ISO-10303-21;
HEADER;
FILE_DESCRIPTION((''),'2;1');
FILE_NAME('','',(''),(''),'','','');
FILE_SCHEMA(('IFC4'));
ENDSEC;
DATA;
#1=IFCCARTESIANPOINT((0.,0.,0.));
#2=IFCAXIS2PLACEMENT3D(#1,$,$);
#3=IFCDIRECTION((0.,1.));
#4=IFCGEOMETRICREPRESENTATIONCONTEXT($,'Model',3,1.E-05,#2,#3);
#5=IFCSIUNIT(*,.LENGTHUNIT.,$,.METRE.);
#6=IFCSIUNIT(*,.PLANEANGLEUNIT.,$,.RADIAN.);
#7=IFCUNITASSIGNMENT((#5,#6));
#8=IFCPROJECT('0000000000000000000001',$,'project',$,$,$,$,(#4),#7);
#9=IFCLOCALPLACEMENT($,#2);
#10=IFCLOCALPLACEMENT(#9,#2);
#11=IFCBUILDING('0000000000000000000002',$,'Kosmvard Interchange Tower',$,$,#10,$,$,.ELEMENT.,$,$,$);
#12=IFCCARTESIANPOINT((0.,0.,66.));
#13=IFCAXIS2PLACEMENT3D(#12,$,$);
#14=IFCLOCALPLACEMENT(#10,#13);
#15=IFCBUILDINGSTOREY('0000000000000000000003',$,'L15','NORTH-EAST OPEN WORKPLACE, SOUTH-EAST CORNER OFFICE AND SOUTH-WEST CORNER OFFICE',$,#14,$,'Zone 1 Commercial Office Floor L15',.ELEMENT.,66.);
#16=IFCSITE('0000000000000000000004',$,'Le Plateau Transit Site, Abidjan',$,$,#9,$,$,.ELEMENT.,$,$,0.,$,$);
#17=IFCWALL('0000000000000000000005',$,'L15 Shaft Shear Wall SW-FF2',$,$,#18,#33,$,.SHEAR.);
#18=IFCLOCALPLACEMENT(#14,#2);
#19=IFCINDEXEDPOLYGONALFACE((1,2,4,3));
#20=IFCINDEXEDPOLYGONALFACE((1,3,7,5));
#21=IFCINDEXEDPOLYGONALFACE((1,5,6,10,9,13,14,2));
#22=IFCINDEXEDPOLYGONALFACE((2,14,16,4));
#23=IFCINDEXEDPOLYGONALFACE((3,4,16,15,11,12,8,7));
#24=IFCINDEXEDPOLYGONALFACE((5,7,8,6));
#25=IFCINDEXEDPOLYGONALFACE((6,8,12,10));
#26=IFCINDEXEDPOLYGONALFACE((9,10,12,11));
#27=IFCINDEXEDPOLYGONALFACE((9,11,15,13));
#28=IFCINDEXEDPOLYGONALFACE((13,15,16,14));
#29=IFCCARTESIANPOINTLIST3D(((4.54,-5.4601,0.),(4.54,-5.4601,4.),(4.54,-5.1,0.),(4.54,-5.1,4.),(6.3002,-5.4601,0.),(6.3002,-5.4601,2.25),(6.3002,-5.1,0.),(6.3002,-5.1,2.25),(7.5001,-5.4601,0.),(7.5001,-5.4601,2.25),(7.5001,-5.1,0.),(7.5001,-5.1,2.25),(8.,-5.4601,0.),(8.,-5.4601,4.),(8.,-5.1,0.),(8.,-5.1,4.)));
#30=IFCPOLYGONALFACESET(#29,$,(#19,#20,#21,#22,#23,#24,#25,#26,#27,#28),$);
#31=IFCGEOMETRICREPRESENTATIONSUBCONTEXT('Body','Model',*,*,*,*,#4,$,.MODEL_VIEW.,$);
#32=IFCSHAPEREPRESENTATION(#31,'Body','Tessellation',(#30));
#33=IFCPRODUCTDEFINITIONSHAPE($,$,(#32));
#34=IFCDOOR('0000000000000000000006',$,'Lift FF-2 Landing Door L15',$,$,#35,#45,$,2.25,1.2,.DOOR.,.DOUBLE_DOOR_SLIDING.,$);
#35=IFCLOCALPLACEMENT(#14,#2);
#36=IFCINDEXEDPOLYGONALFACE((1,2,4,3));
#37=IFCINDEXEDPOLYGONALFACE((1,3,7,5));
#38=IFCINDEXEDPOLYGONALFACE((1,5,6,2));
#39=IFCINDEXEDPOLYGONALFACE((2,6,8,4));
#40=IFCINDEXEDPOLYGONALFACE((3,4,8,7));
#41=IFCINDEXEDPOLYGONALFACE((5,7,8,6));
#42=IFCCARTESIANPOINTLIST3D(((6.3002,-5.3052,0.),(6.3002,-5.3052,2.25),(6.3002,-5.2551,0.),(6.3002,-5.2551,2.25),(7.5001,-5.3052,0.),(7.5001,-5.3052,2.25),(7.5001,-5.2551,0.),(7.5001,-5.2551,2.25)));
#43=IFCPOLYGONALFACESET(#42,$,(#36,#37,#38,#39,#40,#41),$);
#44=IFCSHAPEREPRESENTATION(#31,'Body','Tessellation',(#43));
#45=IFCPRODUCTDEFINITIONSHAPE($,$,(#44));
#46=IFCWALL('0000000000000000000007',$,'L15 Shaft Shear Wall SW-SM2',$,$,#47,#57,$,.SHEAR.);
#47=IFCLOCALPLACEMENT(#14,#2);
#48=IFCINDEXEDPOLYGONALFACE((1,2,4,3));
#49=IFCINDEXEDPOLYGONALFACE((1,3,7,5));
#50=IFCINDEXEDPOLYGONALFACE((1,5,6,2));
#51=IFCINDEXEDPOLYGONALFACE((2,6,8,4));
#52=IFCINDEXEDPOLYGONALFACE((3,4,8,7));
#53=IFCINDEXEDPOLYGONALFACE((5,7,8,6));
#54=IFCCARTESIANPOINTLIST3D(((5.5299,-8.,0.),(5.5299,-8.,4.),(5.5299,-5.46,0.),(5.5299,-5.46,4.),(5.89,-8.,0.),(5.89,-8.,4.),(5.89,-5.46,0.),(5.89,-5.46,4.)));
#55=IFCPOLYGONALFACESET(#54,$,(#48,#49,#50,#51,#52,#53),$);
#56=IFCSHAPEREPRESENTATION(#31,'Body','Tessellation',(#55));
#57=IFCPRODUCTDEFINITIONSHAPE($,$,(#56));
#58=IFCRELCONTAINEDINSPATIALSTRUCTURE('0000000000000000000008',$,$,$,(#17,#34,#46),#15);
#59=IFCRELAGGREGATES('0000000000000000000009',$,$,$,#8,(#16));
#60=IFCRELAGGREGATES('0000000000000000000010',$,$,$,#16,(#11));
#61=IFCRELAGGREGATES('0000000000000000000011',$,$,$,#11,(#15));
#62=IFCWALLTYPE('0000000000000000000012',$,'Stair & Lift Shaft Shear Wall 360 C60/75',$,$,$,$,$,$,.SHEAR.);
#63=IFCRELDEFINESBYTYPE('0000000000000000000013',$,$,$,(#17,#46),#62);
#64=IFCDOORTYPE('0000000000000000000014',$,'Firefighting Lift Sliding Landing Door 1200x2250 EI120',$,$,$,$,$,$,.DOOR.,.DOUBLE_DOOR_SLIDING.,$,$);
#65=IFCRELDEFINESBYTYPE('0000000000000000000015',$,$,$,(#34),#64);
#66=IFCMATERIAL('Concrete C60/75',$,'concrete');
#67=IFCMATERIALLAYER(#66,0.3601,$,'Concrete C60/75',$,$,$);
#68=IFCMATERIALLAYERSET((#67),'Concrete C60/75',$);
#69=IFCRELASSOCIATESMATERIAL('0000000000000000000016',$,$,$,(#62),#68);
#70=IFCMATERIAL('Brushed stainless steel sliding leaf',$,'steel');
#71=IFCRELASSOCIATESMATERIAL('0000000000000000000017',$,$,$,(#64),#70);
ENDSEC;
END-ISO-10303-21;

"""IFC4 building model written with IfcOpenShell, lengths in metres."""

from ifc_helpers import new_model, si_unit, direction, frame, frame_2d, origin, place, context, subcontext, project, spatial, rectangle, extrude, source, transform, mapped, material, layer, layer_set, type_object, element, fill, save


model = new_model("IFC4")

# Units and contexts
model_context = context("Model", 3, precision=1e-05, world=origin(), true_north=direction((0.0, 1.0)))
body_context = subcontext(model_context, "Body", "Model", "MODEL_VIEW")
ifc_project = project(units=[si_unit("LENGTHUNIT", "METRE"), si_unit("PLANEANGLEUNIT", "RADIAN")], contexts=[model_context])

# Site, building, storey
site_placement = place(None, origin())
site = spatial("IfcSite", under=ifc_project, at=site_placement, Name="Le Plateau Transit Site, Abidjan", CompositionType="ELEMENT", RefElevation=0.0)
building_placement = place(site_placement, origin())
building = spatial("IfcBuilding", under=site, at=building_placement, Name="Kosmvard Interchange Tower", CompositionType="ELEMENT")
storey_placement = place(building_placement, frame((0.0, 0.0, 66.0)))
storey = spatial("IfcBuildingStorey", under=building, at=storey_placement, Name="L15", Description="NORTH-EAST OPEN WORKPLACE, SOUTH-EAST CORNER OFFICE AND SOUTH-WEST CORNER OFFICE", LongName="Zone 1 Commercial Office Floor L15", CompositionType="ELEMENT", Elevation=66.0)

# Shared definitions
ifc_material_1 = material(Name="Concrete C60/75", Category="concrete")

# Shared definitions
ifc_material_2 = material(Name="Brushed stainless steel sliding leaf", Category="steel")

# Shared definitions
ifc_layer_1 = layer(ifc_material_1, 0.3601, Name="Concrete C60/75")
ifc_layer_set_1 = layer_set([ifc_layer_1], Name="Concrete C60/75")
wall_type_1 = type_object("IfcWallType", Name="Stair & Lift Shaft Shear Wall 360 C60/75", PredefinedType="SHEAR", material=ifc_layer_set_1)

# Wall, opening, door
wall_1_placement = place(storey_placement, frame((4.54, -5.28, 0.0), z_axis=(0.0, 0.0, 1.0), x_axis=(1.0, 0.0, 0.0)))
wall_1 = element("IfcWall", 1, at=wall_1_placement, inside=storey, type_object=wall_type_1, Name="L15 Shaft Shear Wall SW-FF2", PredefinedType="SHEAR", context=body_context, shape_type="SweptSolid", body=[
    extrude(rectangle(XDim=3.46, YDim=0.3601, at=frame_2d((1.73, 0.0))), origin(), (0.0, 0.0, 1.0), 4.0),
])
opening_1_placement = place(wall_1_placement, frame((1.76, 0.0, 0.0)))
opening_1 = element("IfcOpeningElement", 2, at=opening_1_placement, cuts=wall_1, PredefinedType="OPENING", context=body_context, shape_type="SweptSolid", body=[
    extrude(rectangle(XDim=1.2, YDim=2.25, at=frame_2d((0.6001, 1.125))), frame((0.0, 0.1899, 0.0), z_axis=(0.0, -1.0, 0.0), x_axis=(1.0, 0.0, 0.0)), (0.0, 0.0, 1.0), 0.3801),
])
door_type_1 = type_object("IfcDoorType", Name="Firefighting Lift Sliding Landing Door 1200x2250 EI120", OperationType="DOUBLE_DOOR_SLIDING", PredefinedType="DOOR", material=ifc_material_2)
shared_shape_1 = source(origin(), body_context, "Body", "SweptSolid", [
    extrude(rectangle(XDim=1.2, YDim=2.25, at=frame_2d((0.6001, 1.125))), frame((0.0, 0.0249, 0.0), z_axis=(0.0, -1.0, 0.0), x_axis=(1.0, 0.0, 0.0)), (0.0, 0.0, 1.0), 0.05),
])
door_1_placement = place(opening_1_placement, origin())
door_1 = element("IfcDoor", 3, at=door_1_placement, inside=storey, type_object=door_type_1, Name="Lift FF-2 Landing Door L15", OperationType="DOUBLE_DOOR_SLIDING", OverallHeight=2.25, OverallWidth=1.2, PredefinedType="DOOR", context=body_context, shape_type="MappedRepresentation", body=[
    mapped(shared_shape_1, transform((0.0, 0.0, 0.0), scale=1.0)),
])
fill(opening_1, door_1)

# Wall
wall_2_placement = place(storey_placement, frame((5.71, -8.0, 0.0), z_axis=(0.0, 0.0, 1.0), x_axis=(0.0, 1.0, 0.0)))
element("IfcWall", 4, at=wall_2_placement, inside=storey, type_object=wall_type_1, Name="L15 Shaft Shear Wall SW-SM2", PredefinedType="SHEAR", context=body_context, shape_type="SweptSolid", body=[
    extrude(rectangle(XDim=2.54, YDim=0.3601, at=frame_2d((1.27, 0.0))), origin(), (0.0, 0.0, 1.0), 4.0),
])

save(model, "model.ifc")
